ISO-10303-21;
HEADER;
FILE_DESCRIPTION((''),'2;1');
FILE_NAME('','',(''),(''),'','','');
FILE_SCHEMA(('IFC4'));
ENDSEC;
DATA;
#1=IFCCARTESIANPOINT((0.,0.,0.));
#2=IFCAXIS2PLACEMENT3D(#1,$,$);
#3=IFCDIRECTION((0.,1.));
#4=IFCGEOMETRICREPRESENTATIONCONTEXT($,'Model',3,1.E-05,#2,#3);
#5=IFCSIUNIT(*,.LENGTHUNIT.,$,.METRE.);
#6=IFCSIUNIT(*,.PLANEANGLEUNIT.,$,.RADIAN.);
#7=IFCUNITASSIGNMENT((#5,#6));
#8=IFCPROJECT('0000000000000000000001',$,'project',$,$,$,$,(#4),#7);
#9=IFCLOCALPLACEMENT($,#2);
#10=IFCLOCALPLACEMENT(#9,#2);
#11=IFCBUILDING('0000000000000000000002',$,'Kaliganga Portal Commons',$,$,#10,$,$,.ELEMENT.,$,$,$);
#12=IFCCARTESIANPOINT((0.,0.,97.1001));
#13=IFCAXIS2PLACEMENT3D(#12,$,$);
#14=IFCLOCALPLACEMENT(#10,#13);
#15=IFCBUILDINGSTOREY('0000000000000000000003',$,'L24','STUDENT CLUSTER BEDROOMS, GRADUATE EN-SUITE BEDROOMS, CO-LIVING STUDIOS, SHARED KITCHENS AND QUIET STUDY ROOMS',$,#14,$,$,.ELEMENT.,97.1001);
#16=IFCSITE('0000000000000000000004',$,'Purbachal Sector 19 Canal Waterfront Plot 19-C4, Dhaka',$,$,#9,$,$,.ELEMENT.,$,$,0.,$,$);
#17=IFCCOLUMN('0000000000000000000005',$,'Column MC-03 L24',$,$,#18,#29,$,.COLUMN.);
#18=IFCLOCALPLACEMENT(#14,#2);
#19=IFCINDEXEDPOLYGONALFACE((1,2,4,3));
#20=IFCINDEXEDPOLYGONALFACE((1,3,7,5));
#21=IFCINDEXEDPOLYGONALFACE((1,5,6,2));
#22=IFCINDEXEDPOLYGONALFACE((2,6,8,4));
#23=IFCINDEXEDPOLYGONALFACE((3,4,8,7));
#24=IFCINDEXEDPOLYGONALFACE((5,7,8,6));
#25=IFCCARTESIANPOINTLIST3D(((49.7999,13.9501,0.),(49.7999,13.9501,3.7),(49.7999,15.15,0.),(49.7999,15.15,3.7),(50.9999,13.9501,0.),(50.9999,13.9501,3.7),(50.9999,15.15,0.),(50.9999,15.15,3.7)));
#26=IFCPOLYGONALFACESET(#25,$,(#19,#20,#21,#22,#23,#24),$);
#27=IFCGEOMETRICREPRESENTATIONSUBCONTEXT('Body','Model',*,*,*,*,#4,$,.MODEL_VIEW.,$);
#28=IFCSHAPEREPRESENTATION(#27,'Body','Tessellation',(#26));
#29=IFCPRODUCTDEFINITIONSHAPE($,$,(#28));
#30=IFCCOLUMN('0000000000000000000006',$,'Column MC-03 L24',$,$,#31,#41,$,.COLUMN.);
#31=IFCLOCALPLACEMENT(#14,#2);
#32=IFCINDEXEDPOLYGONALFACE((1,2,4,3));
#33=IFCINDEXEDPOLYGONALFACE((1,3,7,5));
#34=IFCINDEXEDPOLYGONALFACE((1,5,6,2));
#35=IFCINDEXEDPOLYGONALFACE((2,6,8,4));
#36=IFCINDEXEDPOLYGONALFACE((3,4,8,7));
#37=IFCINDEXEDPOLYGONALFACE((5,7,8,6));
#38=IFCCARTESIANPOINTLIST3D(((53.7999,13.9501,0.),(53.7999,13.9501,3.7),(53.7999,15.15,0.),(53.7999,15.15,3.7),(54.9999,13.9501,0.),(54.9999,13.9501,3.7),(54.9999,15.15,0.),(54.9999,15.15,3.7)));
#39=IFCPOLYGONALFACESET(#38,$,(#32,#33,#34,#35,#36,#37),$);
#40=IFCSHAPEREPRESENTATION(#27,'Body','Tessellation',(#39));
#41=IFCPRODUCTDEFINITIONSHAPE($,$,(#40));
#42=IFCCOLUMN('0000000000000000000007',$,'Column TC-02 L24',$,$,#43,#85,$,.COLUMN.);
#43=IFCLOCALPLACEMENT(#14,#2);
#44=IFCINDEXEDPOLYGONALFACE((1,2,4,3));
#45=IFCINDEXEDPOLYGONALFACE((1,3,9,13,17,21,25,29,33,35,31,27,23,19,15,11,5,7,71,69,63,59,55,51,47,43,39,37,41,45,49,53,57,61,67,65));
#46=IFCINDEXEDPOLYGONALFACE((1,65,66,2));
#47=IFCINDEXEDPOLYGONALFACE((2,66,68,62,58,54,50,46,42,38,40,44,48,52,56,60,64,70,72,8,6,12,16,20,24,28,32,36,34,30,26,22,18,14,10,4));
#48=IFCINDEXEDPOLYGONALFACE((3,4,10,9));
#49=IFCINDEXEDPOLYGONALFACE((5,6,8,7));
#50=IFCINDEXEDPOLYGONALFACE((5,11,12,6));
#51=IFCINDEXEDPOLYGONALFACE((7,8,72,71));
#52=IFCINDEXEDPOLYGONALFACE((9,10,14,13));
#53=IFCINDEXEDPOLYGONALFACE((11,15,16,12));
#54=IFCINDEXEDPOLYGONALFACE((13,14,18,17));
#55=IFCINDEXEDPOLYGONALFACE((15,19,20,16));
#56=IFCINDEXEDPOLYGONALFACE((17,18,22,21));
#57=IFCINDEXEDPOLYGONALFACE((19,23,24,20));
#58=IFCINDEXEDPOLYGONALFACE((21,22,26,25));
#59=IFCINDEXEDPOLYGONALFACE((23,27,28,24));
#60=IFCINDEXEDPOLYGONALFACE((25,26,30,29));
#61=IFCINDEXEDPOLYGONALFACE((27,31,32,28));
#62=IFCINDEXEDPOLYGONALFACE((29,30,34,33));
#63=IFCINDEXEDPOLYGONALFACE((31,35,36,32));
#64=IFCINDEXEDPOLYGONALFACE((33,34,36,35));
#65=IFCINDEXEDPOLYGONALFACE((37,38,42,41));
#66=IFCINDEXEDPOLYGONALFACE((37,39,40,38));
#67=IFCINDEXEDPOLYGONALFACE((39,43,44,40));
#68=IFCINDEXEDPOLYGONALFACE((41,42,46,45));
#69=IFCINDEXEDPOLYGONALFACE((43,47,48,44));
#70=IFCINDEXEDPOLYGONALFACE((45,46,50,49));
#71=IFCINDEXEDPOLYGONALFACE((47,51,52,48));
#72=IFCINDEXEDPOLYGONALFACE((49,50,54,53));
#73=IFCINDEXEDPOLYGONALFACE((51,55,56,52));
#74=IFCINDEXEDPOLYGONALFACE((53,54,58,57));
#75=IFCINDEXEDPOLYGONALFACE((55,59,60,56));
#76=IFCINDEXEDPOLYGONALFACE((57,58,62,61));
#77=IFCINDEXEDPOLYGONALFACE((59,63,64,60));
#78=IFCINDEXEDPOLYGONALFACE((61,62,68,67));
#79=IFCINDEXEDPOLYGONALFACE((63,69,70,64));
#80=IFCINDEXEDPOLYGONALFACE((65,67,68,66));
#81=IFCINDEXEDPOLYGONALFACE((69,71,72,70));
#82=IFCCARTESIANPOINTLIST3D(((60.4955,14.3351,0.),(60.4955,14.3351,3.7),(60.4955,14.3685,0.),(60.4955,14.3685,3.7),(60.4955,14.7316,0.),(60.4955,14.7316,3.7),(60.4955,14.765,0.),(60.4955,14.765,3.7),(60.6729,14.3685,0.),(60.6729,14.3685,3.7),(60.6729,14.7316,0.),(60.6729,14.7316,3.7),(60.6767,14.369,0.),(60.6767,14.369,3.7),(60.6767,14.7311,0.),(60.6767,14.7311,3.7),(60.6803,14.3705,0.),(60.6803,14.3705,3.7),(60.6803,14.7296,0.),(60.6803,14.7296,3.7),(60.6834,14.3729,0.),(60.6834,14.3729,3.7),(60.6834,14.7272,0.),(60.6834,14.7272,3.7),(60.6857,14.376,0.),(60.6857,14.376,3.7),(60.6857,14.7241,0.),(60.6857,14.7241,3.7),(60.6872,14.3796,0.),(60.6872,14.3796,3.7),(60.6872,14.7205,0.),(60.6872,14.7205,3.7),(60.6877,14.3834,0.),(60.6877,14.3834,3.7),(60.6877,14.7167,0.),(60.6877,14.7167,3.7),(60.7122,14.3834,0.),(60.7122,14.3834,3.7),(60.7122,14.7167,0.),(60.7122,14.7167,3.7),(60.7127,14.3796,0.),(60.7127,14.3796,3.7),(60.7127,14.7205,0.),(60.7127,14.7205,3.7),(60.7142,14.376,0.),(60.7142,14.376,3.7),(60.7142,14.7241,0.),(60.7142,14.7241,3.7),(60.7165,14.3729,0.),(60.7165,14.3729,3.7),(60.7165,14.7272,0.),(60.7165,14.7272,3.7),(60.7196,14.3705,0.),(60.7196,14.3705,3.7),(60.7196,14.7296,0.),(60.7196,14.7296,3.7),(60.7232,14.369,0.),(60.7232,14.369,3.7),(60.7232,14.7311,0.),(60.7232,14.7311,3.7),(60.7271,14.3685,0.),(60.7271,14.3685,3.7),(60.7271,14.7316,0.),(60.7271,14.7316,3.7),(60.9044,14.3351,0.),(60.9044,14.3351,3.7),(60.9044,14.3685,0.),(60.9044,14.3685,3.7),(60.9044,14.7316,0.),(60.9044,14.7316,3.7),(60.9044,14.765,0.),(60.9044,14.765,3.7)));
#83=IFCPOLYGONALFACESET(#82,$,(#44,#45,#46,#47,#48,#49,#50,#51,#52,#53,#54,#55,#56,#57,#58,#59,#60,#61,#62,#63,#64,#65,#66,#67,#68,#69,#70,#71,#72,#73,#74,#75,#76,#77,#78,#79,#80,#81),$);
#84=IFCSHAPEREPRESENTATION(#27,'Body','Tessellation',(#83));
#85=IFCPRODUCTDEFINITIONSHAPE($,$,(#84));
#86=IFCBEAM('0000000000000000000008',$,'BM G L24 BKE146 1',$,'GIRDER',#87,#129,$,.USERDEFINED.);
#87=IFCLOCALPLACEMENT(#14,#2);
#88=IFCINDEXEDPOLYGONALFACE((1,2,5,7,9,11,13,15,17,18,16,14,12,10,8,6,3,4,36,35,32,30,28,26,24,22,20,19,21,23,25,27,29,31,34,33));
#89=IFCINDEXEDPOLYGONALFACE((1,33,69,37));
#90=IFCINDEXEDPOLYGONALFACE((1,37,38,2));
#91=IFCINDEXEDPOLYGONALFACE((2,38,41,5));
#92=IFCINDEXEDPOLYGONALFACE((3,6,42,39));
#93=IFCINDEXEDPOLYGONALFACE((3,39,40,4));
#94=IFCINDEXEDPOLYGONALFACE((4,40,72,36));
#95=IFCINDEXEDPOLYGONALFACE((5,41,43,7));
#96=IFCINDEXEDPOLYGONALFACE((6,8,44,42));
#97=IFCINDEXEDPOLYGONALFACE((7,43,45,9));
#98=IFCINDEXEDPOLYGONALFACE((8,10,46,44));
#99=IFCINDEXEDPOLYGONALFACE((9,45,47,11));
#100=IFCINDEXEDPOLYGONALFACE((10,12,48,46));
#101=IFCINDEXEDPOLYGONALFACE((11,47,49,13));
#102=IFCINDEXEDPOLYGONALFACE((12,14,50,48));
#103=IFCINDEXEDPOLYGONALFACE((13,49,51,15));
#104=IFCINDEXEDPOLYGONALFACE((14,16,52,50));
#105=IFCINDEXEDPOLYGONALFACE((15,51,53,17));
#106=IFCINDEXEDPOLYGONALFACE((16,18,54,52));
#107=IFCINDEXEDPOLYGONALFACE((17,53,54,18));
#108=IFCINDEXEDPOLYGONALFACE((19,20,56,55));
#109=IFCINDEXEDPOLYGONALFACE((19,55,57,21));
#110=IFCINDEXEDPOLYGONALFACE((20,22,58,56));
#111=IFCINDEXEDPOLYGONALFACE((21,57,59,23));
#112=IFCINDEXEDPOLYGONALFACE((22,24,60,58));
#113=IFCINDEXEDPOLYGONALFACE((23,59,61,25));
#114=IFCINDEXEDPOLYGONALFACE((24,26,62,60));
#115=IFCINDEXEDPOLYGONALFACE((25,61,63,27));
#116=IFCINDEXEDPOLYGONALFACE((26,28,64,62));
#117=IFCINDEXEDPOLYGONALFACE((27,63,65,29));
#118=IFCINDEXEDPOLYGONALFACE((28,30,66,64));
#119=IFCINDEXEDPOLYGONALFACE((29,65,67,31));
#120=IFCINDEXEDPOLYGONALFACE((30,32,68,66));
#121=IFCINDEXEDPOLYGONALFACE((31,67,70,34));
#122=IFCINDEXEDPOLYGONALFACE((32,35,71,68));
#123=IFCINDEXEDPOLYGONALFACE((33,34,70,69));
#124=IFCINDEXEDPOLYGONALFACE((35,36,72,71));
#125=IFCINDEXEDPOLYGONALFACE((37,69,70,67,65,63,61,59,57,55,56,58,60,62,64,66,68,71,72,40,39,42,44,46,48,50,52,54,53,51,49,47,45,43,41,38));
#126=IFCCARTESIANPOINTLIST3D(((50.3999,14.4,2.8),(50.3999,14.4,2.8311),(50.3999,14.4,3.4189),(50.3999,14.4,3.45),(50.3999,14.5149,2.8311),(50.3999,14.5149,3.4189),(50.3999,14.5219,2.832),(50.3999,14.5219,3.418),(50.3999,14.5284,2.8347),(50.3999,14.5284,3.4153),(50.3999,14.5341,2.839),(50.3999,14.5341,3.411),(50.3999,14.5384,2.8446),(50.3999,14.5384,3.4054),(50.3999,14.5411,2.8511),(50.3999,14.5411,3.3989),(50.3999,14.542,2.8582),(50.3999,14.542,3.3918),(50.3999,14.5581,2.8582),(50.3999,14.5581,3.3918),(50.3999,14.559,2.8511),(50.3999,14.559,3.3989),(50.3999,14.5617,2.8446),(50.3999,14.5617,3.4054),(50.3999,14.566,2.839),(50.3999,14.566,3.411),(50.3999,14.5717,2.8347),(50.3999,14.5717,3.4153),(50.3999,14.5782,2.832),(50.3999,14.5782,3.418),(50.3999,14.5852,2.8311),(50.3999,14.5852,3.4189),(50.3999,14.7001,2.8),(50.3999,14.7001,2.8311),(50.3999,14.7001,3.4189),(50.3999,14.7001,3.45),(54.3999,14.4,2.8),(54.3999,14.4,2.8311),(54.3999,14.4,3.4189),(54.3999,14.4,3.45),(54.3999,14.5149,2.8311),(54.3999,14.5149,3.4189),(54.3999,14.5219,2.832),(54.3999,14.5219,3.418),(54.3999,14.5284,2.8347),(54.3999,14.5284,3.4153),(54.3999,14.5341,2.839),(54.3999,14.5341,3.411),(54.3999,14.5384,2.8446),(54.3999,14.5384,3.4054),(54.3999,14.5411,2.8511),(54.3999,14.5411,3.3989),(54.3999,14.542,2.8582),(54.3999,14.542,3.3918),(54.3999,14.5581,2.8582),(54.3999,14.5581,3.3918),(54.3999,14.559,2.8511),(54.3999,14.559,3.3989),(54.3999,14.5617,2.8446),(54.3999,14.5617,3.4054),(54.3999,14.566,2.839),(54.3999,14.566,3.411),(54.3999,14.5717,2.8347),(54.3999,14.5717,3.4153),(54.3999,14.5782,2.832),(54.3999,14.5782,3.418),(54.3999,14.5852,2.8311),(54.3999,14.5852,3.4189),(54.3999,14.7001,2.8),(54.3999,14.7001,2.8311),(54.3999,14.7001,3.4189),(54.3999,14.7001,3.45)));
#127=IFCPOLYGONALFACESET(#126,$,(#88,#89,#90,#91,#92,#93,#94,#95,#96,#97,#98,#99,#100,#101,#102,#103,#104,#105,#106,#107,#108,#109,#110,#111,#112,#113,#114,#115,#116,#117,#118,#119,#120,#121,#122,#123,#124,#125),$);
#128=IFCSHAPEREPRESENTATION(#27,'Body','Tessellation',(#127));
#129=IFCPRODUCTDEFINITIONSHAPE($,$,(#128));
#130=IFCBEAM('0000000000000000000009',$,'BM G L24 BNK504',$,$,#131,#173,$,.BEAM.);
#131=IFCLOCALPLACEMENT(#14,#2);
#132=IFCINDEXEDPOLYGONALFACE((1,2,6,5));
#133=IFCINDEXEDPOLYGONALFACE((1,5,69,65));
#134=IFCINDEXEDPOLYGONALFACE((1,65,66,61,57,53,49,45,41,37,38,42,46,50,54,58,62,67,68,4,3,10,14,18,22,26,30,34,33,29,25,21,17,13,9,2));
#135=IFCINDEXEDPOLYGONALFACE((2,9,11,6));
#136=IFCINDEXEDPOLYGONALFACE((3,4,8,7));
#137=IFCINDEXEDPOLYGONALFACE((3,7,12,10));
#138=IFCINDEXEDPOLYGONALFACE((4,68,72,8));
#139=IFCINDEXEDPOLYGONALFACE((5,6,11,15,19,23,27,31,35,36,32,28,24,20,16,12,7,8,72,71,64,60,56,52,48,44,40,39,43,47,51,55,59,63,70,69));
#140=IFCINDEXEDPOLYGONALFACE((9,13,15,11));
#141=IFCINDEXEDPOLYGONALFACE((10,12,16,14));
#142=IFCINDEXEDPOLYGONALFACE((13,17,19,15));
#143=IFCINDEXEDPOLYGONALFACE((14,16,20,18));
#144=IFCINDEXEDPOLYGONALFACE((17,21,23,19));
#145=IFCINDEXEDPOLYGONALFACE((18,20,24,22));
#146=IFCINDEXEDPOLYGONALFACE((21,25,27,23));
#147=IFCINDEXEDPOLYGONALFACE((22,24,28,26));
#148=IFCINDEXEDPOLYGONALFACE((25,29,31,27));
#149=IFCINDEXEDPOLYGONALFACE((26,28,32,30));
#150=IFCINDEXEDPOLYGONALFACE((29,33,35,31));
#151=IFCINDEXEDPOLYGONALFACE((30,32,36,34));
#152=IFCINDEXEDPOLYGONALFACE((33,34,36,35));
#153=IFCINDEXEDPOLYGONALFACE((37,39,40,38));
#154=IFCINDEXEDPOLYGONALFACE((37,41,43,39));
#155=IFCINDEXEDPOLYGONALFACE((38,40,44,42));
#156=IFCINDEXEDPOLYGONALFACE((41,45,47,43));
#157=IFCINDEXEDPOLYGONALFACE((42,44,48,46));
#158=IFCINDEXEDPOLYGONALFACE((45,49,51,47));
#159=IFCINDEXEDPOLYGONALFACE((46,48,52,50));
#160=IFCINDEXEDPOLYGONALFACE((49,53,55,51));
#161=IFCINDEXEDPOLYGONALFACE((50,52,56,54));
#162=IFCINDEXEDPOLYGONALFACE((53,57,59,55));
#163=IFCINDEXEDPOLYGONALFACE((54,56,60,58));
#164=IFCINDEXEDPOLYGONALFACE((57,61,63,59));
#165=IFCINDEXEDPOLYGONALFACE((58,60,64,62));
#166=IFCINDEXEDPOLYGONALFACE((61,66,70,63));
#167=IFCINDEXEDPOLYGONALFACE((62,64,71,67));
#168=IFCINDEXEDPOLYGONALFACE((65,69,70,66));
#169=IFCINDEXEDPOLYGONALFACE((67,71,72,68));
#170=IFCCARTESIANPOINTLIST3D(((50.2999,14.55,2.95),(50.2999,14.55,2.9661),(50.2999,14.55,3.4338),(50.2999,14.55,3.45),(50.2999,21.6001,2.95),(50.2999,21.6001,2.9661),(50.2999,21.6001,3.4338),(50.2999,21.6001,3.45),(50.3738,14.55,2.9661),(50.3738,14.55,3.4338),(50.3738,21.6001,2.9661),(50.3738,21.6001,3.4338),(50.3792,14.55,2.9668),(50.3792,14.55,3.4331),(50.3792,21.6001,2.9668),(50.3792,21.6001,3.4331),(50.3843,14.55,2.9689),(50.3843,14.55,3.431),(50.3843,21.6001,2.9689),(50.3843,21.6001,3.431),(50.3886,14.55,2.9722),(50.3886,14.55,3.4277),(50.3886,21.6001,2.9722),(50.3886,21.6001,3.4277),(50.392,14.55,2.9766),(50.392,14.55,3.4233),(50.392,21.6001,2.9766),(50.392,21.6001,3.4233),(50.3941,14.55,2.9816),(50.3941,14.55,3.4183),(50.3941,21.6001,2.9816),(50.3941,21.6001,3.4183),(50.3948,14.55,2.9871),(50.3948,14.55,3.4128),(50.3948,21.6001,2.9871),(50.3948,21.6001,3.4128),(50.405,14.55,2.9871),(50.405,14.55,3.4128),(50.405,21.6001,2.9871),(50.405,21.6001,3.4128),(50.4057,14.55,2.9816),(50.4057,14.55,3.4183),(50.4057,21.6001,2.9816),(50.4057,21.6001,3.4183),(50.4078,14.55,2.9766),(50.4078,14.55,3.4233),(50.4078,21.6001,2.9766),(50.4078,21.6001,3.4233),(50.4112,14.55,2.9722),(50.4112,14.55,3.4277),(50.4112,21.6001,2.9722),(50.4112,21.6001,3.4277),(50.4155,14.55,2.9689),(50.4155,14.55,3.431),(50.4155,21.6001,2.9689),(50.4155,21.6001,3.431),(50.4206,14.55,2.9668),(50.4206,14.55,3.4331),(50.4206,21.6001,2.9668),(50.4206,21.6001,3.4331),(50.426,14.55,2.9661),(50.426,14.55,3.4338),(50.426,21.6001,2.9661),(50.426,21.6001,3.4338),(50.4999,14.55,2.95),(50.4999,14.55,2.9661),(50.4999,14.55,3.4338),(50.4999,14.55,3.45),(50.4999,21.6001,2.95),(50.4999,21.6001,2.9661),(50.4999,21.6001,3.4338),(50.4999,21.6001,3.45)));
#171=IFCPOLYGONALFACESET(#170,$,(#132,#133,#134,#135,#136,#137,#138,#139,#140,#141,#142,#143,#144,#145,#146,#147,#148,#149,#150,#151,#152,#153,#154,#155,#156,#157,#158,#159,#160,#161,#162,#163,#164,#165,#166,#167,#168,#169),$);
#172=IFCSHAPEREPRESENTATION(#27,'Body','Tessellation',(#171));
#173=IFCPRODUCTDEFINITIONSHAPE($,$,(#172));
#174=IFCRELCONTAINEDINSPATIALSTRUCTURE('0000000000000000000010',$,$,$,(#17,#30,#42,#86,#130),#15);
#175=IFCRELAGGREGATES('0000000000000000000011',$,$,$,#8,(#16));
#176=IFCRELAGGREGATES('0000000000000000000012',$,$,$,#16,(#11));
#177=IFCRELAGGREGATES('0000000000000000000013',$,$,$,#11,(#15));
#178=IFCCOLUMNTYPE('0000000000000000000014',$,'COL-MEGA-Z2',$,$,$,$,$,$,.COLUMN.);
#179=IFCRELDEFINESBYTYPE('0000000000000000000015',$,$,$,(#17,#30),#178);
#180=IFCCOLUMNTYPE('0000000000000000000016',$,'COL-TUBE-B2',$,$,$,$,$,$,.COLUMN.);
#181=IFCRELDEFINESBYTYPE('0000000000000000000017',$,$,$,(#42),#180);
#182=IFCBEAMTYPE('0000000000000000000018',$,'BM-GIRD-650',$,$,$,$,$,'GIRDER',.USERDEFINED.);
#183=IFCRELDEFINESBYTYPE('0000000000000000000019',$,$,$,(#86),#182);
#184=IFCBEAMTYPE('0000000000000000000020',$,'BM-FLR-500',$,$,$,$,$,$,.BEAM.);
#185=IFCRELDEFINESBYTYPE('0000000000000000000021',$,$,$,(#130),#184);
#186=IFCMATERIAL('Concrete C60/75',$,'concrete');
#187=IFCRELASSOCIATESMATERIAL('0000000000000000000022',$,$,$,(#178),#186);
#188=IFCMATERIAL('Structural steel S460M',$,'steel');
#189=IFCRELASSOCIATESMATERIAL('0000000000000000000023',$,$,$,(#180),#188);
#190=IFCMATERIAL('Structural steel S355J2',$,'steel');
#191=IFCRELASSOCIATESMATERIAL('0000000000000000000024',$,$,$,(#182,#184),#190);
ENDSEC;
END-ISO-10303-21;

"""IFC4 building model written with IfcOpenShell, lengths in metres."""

from ifc_helpers import new_model, si_unit, direction, frame, origin, origin_2d, place, context, subcontext, project, spatial, rectangle, i_section, extrude, source, transform, mapped, material, material_profile, profile_set, type_object, element, save


model = new_model("IFC4")

# Units and contexts
model_context = context("Model", 3, precision=1e-05, world=origin(), true_north=direction((0.0, 1.0)))
body_context = subcontext(model_context, "Body", "Model", "MODEL_VIEW")
ifc_project = project(units=[si_unit("LENGTHUNIT", "METRE"), si_unit("PLANEANGLEUNIT", "RADIAN")], contexts=[model_context])

# Site, building, storey
site_placement = place(None, origin())
site = spatial("IfcSite", under=ifc_project, at=site_placement, Name="Purbachal Sector 19 Canal Waterfront Plot 19-C4, Dhaka", CompositionType="ELEMENT", RefElevation=0.0)
building_placement = place(site_placement, origin())
building = spatial("IfcBuilding", under=site, at=building_placement, Name="Kaliganga Portal Commons", CompositionType="ELEMENT")
storey_placement = place(building_placement, frame((0.0, 0.0, 97.1001)))
storey = spatial("IfcBuildingStorey", under=building, at=storey_placement, Name="L24", Description="STUDENT CLUSTER BEDROOMS, GRADUATE EN-SUITE BEDROOMS, CO-LIVING STUDIOS, SHARED KITCHENS AND QUIET STUDY ROOMS", CompositionType="ELEMENT", Elevation=97.1001)

# Columns
ifc_material_1 = material(Name="Concrete C60/75", Category="concrete")
ifc_material_profile_1 = material_profile(ifc_material_1, rectangle(XDim=1.2, YDim=1.2, at=origin_2d()), Name="RC 1200x1200")
ifc_profile_set_1 = profile_set([ifc_material_profile_1], Name="Concrete C60/75")
column_type_1 = type_object("IfcColumnType", Name="COL-MEGA-Z2", PredefinedType="COLUMN", material=ifc_profile_set_1)
shared_shape_1 = source(origin(), body_context, "Body", "SweptSolid", [
    extrude(rectangle(XDim=1.2, YDim=1.2, at=origin_2d()), origin(), (0.0, 0.0, 1.0), 3.7),
])
for number, where, z_axis, x_axis, name in (
    (1, (50.3999, 14.55, 0.0), (0.0, 0.0, 1.0), (1.0, 0.0, 0.0), "Column MC-03 L24"),
    (2, (54.3999, 14.55, 0.0), (0.0, 0.0, 1.0), (1.0, 0.0, 0.0), "Column MC-03 L24"),
):
    element("IfcColumn", number, at=place(storey_placement, frame(where, z_axis=z_axis, x_axis=x_axis)), inside=storey, type_object=column_type_1, Name=name, PredefinedType="COLUMN", context=body_context, shape_type="MappedRepresentation", body=[
        mapped(shared_shape_1, transform((0.0, 0.0, 0.0), x_axis=(1.0, 0.0, 0.0), y_axis=(0.0, 1.0, 0.0), z_axis=(0.0, 0.0, 1.0), scale=1.0)),
    ])
ifc_material_2 = material(Name="Structural steel S460M", Category="steel")
ifc_material_profile_2 = material_profile(ifc_material_2, i_section(OverallWidth=0.4089, OverallDepth=0.4299, WebThickness=0.0244, FlangeThickness=0.0334, FilletRadius=0.0149, at=origin_2d()), Name="HD 400x421")
ifc_profile_set_2 = profile_set([ifc_material_profile_2], Name="Structural steel S460M wide-flange")
column_type_2 = type_object("IfcColumnType", Name="COL-TUBE-B2", PredefinedType="COLUMN", material=ifc_profile_set_2)
shared_shape_2 = source(origin(), body_context, "Body", "SweptSolid", [
    extrude(i_section(OverallWidth=0.4089, OverallDepth=0.4299, WebThickness=0.0244, FlangeThickness=0.0334, FilletRadius=0.0149, at=origin_2d()), origin(), (0.0, 0.0, 1.0), 3.7),
])
column_placement = place(storey_placement, frame((60.7, 14.55, 0.0), z_axis=(0.0, 0.0, 1.0), x_axis=(1.0, 0.0, 0.0)))
element("IfcColumn", 3, at=column_placement, inside=storey, type_object=column_type_2, Name="Column TC-02 L24", PredefinedType="COLUMN", context=body_context, shape_type="MappedRepresentation", body=[
    mapped(shared_shape_2, transform((0.0, 0.0, 0.0), x_axis=(1.0, 0.0, 0.0), y_axis=(0.0, 1.0, 0.0), z_axis=(0.0, 0.0, 1.0), scale=1.0)),
])

# Beams
ifc_material_3 = material(Name="Structural steel S355J2", Category="steel")
ifc_material_profile_3 = material_profile(ifc_material_3, i_section(OverallWidth=0.3, OverallDepth=0.6499, WebThickness=0.0161, FlangeThickness=0.031, FilletRadius=0.0271, at=origin_2d()), Name="HE 650 B")
ifc_profile_set_3 = profile_set([ifc_material_profile_3], Name="Structural steel S355J2 wide-flange")
beam_type_1 = type_object("IfcBeamType", Name="BM-GIRD-650", ElementType="GIRDER", PredefinedType="USERDEFINED", material=ifc_profile_set_3)
shared_shape_3 = source(origin(), body_context, "Body", "SweptSolid", [
    extrude(i_section(OverallWidth=0.3, OverallDepth=0.6499, WebThickness=0.0161, FlangeThickness=0.031, FilletRadius=0.0271, at=origin_2d()), origin(), (0.0, 0.0, 1.0), 4.0),
])
beam_1_placement = place(storey_placement, frame((50.3999, 14.55, 3.125), z_axis=(1.0, 0.0, 0.0), x_axis=(0.0, 1.0, 0.0)))
element("IfcBeam", 4, at=beam_1_placement, inside=storey, type_object=beam_type_1, Name="BM G L24 BKE146 1", ObjectType="GIRDER", PredefinedType="USERDEFINED", context=body_context, shape_type="MappedRepresentation", body=[
    mapped(shared_shape_3, transform((0.0, 0.0, 0.0), x_axis=(1.0, 0.0, 0.0), y_axis=(0.0, 1.0, 0.0), z_axis=(0.0, 0.0, 1.0), scale=1.0)),
])
ifc_material_profile_4 = material_profile(ifc_material_3, i_section(OverallWidth=0.2, OverallDepth=0.5, WebThickness=0.0103, FlangeThickness=0.0161, FilletRadius=0.021, at=origin_2d()), Name="IPE 500")
ifc_profile_set_4 = profile_set([ifc_material_profile_4], Name="Structural steel S355J2 wide-flange")
beam_type_2 = type_object("IfcBeamType", Name="BM-FLR-500", PredefinedType="BEAM", material=ifc_profile_set_4)
shared_shape_4 = source(origin(), body_context, "Body", "SweptSolid", [
    extrude(i_section(OverallWidth=0.2, OverallDepth=0.5, WebThickness=0.0103, FlangeThickness=0.0161, FilletRadius=0.021, at=origin_2d()), origin(), (0.0, 0.0, 1.0), 7.05),
])
for number, where, z_axis, x_axis, name in (
    (5, (50.3999, 14.55, 3.2), (0.0, 1.0, 0.0), (-1.0, 0.0, 0.0), "BM G L24 BNK504"),
):
    element("IfcBeam", number, at=place(storey_placement, frame(where, z_axis=z_axis, x_axis=x_axis)), inside=storey, type_object=beam_type_2, Name=name, PredefinedType="BEAM", context=body_context, shape_type="MappedRepresentation", body=[
        mapped(shared_shape_4, transform((0.0, 0.0, 0.0), x_axis=(1.0, 0.0, 0.0), y_axis=(0.0, 1.0, 0.0), z_axis=(0.0, 0.0, 1.0), scale=1.0)),
    ])

save(model, "model.ifc")
